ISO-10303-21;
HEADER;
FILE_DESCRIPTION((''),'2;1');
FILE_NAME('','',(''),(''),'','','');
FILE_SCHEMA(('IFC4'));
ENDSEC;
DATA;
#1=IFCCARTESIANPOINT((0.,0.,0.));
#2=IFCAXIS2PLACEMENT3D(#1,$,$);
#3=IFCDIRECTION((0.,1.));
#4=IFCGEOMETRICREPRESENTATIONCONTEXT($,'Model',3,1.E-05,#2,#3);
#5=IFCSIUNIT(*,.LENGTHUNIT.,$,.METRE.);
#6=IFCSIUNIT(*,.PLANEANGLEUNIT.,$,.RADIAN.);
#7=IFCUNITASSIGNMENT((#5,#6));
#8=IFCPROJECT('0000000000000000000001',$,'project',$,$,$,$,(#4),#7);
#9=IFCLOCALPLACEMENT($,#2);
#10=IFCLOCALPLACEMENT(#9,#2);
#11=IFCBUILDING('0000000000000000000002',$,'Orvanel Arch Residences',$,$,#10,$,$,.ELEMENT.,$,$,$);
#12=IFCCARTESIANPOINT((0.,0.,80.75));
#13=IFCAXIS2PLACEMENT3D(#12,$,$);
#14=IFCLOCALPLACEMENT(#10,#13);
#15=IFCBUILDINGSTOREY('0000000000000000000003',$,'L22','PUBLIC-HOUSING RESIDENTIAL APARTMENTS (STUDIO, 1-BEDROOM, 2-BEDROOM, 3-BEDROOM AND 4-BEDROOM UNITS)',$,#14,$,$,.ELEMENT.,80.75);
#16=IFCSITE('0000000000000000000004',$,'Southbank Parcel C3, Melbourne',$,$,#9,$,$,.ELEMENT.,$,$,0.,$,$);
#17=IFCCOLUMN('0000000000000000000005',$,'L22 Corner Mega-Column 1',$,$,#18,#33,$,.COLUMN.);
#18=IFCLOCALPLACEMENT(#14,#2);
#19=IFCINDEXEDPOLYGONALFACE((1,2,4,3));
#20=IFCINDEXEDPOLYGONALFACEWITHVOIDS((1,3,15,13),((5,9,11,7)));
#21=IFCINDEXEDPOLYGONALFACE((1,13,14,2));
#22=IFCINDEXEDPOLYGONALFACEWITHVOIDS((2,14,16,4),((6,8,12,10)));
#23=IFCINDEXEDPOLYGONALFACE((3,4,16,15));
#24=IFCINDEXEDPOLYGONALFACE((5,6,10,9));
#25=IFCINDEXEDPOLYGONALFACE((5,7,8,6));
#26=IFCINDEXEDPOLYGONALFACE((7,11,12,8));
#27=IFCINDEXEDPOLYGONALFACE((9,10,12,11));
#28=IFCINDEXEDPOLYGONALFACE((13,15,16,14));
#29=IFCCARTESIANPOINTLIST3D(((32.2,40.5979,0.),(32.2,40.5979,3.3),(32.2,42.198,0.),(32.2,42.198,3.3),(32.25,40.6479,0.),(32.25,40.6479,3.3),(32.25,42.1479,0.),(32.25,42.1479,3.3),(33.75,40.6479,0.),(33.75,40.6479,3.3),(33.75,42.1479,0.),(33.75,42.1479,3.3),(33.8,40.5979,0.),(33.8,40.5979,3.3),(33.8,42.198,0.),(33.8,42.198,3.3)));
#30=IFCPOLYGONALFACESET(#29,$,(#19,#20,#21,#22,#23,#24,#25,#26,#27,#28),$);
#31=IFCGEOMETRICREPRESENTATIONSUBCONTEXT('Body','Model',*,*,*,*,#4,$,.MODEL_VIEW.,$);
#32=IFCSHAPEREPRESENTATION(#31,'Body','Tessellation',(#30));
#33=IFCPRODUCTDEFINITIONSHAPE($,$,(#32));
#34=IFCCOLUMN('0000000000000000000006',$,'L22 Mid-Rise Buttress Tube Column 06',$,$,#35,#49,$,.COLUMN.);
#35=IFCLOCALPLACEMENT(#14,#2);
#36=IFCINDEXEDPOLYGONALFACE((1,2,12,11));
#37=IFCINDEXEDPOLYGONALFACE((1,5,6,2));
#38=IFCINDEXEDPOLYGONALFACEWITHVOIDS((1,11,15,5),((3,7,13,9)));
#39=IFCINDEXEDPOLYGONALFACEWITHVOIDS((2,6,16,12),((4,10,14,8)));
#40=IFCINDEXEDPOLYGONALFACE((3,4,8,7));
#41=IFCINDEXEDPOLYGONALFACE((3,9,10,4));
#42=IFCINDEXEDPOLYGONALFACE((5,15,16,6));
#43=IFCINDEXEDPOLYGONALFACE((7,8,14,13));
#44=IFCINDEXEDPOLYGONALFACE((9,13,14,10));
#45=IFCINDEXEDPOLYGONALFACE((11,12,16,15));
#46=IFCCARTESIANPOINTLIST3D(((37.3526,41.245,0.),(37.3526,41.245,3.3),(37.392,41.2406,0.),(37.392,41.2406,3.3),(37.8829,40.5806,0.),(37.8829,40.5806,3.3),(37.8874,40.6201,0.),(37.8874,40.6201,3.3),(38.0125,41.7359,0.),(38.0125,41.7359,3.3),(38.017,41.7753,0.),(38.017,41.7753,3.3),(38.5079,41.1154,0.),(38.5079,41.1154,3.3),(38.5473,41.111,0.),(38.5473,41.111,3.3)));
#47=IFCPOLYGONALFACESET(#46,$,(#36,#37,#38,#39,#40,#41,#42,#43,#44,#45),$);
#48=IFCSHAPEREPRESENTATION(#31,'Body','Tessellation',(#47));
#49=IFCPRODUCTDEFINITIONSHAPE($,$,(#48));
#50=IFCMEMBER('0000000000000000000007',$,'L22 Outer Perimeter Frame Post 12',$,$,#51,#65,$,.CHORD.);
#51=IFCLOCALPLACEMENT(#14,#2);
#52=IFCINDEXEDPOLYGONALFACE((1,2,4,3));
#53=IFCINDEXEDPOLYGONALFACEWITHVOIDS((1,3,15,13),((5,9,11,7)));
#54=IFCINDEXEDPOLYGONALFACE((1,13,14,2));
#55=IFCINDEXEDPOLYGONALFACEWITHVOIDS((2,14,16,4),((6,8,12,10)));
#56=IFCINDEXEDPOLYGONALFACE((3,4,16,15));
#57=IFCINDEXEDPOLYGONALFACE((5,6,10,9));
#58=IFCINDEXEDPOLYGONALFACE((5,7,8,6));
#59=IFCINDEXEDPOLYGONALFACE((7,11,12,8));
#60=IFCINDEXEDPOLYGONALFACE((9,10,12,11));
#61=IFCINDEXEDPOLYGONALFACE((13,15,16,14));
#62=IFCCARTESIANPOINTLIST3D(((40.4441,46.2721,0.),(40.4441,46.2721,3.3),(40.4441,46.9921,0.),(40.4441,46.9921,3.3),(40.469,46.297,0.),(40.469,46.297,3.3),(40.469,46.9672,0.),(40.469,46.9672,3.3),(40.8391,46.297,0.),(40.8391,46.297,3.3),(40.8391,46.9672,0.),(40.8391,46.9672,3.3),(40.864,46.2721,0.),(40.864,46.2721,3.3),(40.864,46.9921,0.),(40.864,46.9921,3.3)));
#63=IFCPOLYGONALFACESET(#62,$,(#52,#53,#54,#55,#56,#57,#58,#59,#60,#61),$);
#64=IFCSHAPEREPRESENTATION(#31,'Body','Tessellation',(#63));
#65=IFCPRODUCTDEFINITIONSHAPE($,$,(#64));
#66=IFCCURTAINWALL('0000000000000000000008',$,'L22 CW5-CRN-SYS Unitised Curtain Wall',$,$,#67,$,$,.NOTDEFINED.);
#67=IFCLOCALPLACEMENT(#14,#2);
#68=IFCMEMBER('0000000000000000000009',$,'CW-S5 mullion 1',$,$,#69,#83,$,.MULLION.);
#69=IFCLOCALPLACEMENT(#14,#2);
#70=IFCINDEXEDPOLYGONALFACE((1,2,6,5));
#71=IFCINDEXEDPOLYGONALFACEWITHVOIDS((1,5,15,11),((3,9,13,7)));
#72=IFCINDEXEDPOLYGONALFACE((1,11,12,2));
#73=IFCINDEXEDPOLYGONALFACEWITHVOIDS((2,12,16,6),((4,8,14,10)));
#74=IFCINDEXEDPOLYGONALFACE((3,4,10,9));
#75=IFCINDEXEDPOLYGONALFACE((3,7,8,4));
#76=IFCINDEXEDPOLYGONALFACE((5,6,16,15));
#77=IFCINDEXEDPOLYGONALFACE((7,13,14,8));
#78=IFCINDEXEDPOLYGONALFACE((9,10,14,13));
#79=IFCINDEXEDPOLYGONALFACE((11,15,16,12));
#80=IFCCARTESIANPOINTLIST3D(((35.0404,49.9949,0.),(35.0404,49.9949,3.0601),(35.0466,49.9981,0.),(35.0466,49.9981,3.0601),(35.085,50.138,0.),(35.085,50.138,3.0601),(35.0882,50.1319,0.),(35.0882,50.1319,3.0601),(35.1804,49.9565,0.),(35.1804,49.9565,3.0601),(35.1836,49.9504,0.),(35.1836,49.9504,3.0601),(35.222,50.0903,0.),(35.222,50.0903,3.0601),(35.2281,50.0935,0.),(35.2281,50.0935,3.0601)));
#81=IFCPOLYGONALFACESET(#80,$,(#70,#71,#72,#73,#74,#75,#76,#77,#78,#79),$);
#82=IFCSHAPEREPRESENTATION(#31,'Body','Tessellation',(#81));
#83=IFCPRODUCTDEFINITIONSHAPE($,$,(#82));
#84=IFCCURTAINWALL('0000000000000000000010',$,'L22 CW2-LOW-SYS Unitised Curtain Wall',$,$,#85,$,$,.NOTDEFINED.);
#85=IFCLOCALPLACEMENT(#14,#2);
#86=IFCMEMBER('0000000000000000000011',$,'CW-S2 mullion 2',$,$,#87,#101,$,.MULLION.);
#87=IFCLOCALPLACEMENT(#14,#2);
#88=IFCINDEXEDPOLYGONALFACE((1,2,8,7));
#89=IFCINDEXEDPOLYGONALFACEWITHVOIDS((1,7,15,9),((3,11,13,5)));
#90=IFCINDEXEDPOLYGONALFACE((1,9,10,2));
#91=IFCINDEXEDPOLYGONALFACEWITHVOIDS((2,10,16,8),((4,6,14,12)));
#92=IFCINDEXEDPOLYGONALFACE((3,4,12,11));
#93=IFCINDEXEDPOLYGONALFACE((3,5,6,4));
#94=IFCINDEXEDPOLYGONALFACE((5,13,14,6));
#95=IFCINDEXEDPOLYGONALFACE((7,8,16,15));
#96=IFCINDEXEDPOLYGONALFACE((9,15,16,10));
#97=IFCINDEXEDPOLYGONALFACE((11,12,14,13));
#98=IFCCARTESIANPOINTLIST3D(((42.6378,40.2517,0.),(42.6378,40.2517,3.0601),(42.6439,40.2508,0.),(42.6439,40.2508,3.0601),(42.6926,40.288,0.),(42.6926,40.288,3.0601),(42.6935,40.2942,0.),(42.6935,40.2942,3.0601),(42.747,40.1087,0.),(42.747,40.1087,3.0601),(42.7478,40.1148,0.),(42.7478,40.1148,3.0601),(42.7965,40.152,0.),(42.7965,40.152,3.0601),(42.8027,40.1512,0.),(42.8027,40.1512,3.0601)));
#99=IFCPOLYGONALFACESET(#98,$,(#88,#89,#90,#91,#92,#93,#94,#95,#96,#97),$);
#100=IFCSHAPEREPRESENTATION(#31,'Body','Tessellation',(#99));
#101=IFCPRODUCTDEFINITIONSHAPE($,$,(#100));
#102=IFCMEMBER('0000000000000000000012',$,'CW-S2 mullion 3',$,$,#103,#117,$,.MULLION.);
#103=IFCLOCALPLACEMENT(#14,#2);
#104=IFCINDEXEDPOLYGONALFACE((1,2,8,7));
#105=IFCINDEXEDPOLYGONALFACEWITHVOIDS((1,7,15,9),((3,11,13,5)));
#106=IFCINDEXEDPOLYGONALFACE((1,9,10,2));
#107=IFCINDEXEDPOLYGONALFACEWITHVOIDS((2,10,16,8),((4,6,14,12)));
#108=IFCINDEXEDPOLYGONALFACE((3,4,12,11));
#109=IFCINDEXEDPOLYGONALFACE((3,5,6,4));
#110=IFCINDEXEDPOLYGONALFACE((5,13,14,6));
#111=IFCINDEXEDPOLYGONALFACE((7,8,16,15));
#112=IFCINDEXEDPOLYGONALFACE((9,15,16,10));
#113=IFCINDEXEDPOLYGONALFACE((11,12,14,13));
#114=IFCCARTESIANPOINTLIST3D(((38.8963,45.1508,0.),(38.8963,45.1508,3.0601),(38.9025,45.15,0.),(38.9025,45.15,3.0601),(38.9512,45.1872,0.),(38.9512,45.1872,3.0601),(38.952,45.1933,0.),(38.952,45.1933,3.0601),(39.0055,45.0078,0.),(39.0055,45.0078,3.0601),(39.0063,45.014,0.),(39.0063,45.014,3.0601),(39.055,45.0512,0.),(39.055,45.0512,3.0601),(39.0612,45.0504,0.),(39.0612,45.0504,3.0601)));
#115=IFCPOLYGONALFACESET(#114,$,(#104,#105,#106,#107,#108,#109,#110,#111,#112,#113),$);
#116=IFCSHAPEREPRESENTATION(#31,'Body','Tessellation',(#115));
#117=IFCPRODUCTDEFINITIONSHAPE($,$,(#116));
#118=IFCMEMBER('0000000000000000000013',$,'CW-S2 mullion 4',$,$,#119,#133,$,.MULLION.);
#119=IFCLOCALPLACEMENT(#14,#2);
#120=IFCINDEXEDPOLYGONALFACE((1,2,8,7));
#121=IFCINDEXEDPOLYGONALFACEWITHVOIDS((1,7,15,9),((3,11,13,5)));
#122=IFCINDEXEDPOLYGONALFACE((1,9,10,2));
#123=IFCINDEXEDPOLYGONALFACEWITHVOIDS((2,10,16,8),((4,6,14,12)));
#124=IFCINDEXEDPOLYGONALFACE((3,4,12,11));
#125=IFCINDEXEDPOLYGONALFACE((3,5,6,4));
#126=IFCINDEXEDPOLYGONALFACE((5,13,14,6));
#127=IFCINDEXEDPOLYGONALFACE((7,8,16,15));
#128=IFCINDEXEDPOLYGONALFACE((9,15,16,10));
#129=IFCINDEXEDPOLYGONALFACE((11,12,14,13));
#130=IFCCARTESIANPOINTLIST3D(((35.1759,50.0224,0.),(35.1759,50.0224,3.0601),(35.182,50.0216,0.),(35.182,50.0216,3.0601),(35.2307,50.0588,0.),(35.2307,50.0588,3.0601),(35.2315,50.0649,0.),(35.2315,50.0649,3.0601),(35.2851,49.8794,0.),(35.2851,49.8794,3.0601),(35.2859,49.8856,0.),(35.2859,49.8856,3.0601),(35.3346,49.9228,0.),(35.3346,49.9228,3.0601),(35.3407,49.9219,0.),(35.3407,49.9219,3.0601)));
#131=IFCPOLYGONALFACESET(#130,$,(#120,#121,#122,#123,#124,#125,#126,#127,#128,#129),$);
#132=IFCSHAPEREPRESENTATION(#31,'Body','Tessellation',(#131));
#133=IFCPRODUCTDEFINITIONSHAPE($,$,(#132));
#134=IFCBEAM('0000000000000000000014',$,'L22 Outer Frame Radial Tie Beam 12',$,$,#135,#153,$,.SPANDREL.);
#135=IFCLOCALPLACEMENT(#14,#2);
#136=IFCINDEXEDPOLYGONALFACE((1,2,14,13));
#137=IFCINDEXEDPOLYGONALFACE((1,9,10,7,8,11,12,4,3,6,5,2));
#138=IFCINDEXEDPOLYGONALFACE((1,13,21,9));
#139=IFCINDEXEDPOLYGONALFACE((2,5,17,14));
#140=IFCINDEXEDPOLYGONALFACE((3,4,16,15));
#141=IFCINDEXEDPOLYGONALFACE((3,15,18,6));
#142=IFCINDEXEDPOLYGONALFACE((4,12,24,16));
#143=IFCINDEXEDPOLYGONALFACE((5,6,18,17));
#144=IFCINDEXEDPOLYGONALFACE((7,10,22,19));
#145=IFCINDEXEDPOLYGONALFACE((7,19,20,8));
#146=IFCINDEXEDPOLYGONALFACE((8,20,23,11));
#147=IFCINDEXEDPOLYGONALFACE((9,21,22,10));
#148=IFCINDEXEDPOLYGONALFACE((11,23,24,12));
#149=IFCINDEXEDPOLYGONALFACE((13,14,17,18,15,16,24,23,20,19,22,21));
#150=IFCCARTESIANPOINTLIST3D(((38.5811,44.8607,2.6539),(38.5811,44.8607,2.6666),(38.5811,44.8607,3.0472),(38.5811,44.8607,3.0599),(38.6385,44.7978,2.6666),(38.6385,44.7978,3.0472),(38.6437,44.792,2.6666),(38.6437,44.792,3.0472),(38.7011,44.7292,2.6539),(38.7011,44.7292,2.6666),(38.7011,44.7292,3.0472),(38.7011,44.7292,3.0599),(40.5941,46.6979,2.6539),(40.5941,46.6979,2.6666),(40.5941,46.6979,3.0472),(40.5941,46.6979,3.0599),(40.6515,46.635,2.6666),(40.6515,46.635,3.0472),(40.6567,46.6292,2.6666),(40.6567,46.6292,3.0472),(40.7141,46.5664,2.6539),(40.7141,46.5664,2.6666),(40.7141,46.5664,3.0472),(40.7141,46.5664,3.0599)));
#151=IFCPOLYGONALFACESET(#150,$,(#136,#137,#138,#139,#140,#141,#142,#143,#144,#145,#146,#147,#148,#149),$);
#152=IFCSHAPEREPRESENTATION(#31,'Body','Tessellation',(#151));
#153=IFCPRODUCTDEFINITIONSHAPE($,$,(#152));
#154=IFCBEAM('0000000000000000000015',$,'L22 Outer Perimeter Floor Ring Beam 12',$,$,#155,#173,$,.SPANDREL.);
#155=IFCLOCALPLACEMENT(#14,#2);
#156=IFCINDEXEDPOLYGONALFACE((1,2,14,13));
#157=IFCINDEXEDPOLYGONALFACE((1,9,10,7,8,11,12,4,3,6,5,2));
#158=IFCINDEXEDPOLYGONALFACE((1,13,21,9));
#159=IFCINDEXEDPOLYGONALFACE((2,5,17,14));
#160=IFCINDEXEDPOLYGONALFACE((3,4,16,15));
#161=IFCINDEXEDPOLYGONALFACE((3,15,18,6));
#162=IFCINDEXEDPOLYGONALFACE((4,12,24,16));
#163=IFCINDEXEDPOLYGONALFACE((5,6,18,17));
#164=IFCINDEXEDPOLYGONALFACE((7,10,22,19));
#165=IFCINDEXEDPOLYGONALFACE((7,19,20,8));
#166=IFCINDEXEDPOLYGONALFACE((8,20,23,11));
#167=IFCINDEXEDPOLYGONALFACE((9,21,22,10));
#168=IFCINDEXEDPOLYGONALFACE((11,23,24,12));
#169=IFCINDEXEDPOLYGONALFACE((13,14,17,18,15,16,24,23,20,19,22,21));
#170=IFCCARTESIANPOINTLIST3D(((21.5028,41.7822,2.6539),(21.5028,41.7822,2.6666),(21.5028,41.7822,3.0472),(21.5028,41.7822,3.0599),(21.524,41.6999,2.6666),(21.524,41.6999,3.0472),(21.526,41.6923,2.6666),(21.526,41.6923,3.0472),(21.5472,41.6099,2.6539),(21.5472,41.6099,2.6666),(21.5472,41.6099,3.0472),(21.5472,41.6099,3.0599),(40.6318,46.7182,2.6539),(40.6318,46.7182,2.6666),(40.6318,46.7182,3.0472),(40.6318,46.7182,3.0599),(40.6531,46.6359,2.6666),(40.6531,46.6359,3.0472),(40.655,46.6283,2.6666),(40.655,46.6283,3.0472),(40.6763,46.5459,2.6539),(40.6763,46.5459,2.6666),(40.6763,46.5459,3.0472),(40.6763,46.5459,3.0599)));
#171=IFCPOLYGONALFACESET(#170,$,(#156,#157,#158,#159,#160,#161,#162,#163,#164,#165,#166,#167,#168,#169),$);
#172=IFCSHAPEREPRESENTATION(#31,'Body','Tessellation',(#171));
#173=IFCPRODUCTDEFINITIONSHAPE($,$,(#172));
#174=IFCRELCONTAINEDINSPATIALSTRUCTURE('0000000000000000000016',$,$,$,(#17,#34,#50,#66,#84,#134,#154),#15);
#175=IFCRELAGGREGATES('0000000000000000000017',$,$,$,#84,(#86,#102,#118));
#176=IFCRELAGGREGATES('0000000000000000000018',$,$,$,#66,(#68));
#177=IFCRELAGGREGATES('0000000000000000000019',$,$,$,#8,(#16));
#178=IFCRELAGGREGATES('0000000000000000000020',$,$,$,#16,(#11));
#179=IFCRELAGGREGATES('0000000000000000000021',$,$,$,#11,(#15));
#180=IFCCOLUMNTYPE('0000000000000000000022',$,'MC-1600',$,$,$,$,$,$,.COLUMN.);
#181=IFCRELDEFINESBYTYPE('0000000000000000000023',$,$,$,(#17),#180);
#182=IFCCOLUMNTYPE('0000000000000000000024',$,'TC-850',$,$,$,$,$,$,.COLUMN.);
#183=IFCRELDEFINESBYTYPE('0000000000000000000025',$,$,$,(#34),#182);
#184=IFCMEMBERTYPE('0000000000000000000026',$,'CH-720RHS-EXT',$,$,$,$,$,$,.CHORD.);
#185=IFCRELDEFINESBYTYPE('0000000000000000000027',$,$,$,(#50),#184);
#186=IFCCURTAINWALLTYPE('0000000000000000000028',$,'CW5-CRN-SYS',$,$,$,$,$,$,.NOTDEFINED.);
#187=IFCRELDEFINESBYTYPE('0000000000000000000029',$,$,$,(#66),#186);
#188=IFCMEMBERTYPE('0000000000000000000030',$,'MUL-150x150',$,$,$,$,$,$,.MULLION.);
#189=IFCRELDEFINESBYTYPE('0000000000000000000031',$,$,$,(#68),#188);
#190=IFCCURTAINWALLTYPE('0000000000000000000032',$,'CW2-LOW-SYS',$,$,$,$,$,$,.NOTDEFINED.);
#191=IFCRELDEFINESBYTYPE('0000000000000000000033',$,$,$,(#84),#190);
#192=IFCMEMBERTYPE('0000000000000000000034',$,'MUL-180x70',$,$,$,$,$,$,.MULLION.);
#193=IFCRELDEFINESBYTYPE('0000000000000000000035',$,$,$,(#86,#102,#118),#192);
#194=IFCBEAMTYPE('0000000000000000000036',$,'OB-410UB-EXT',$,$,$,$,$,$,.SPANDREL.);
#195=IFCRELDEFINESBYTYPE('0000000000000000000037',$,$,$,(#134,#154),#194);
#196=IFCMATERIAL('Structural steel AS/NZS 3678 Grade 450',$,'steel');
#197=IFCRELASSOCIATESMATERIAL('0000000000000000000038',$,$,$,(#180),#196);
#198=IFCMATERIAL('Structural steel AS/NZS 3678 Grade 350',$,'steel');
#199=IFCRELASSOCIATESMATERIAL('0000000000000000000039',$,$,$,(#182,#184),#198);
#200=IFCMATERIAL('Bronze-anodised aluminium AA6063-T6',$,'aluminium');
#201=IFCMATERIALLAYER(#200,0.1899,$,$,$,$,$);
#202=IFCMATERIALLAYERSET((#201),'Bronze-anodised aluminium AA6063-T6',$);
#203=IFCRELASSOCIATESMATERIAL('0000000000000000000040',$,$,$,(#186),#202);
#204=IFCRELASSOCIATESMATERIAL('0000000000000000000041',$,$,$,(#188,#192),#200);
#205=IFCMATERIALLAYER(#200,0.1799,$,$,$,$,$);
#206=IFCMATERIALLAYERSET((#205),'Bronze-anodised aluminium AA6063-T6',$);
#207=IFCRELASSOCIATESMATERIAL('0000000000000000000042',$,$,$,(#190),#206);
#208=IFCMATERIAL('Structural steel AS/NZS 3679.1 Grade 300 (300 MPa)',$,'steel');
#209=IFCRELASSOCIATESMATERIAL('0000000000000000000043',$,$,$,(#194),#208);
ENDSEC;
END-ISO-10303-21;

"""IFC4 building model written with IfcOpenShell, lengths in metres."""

from ifc_helpers import new_model, si_unit, direction, frame, origin, origin_2d, place, context, subcontext, project, spatial, hollow_rectangle, i_section, extrude, material, layer, layer_set, material_profile, profile_set, type_object, element, aggregate, save


model = new_model("IFC4")

# Units and contexts
model_context = context("Model", 3, precision=1e-05, world=origin(), true_north=direction((0.0, 1.0)))
body_context = subcontext(model_context, "Body", "Model", "MODEL_VIEW")
ifc_project = project(units=[si_unit("LENGTHUNIT", "METRE"), si_unit("PLANEANGLEUNIT", "RADIAN")], contexts=[model_context])

# Site, building, storey
site_placement = place(None, origin())
site = spatial("IfcSite", under=ifc_project, at=site_placement, Name="Southbank Parcel C3, Melbourne", CompositionType="ELEMENT", RefElevation=0.0)
building_placement = place(site_placement, origin())
building = spatial("IfcBuilding", under=site, at=building_placement, Name="Orvanel Arch Residences", CompositionType="ELEMENT")
storey_placement = place(building_placement, frame((0.0, 0.0, 80.75)))
storey = spatial("IfcBuildingStorey", under=building, at=storey_placement, Name="L22", Description="PUBLIC-HOUSING RESIDENTIAL APARTMENTS (STUDIO, 1-BEDROOM, 2-BEDROOM, 3-BEDROOM AND 4-BEDROOM UNITS)", CompositionType="ELEMENT", Elevation=80.75)

# Columns
ifc_material_1 = material(Name="Structural steel AS/NZS 3678 Grade 450", Category="steel")
ifc_material_profile_1 = material_profile(ifc_material_1, hollow_rectangle(XDim=1.6001, YDim=1.6001, WallThickness=0.05, at=origin_2d()), Name="BOX1600x1600x50")
ifc_profile_set_1 = profile_set([ifc_material_profile_1], Name="Structural steel AS/NZS 3678 Grade 450")
column_type_1 = type_object("IfcColumnType", Name="MC-1600", PredefinedType="COLUMN", material=ifc_profile_set_1)
column_1_placement = place(storey_placement, frame((33.0, 41.3979, 0.0), z_axis=(0.0, 0.0, 1.0), x_axis=(1.0, 0.0, 0.0)))
element("IfcColumn", 1, at=column_1_placement, inside=storey, type_object=column_type_1, Name="L22 Corner Mega-Column 1", PredefinedType="COLUMN", context=body_context, shape_type="SweptSolid", body=[
    extrude(hollow_rectangle(XDim=1.6001, YDim=1.6001, WallThickness=0.05, at=origin_2d()), origin(), (0.0, 0.0, 1.0), 3.3),
])
ifc_material_2 = material(Name="Structural steel AS/NZS 3678 Grade 350", Category="steel")
ifc_material_profile_2 = material_profile(ifc_material_2, hollow_rectangle(XDim=0.8501, YDim=0.8501, WallThickness=0.0281, at=origin_2d()), Name="BOX850x850x28")
ifc_profile_set_2 = profile_set([ifc_material_profile_2], Name="Structural steel AS/NZS 3678 Grade 350")
column_type_2 = type_object("IfcColumnType", Name="TC-850", PredefinedType="COLUMN", material=ifc_profile_set_2)
column_2_placement = place(storey_placement, frame((37.95, 41.178, 0.0), z_axis=(0.0, 0.0, 1.0), x_axis=(-0.62388, 0.78152, 0.0)))
element("IfcColumn", 2, at=column_2_placement, inside=storey, type_object=column_type_2, Name="L22 Mid-Rise Buttress Tube Column 06", PredefinedType="COLUMN", context=body_context, shape_type="SweptSolid", body=[
    extrude(hollow_rectangle(XDim=0.8501, YDim=0.8501, WallThickness=0.0281, at=origin_2d()), origin(), (0.0, 0.0, 1.0), 3.3),
])

# Member
ifc_material_profile_3 = material_profile(ifc_material_2, hollow_rectangle(XDim=0.4199, YDim=0.72, WallThickness=0.0249, at=origin_2d()), Name="RHS720x420x25")
ifc_profile_set_3 = profile_set([ifc_material_profile_3], Name="Structural steel AS/NZS 3678 Grade 350")
member_type_1 = type_object("IfcMemberType", Name="CH-720RHS-EXT", PredefinedType="CHORD", material=ifc_profile_set_3)
member_1_placement = place(storey_placement, frame((40.6541, 46.6321, 0.0), z_axis=(0.0, 0.0, 1.0), x_axis=(1.0, 0.0, 0.0)))
element("IfcMember", 3, at=member_1_placement, inside=storey, type_object=member_type_1, Name="L22 Outer Perimeter Frame Post 12", PredefinedType="CHORD", context=body_context, shape_type="SweptSolid", body=[
    extrude(hollow_rectangle(XDim=0.4199, YDim=0.72, WallThickness=0.0249, at=origin_2d()), origin(), (0.0, 0.0, 1.0), 3.3),
])

# Curtain wall, member
ifc_material_3 = material(Name="Bronze-anodised aluminium AA6063-T6", Category="aluminium")
ifc_layer_1 = layer(ifc_material_3, 0.1899)
ifc_layer_set_1 = layer_set([ifc_layer_1], Name="Bronze-anodised aluminium AA6063-T6")
curtain_wall_type_1 = type_object("IfcCurtainWallType", Name="CW5-CRN-SYS", PredefinedType="NOTDEFINED", material=ifc_layer_set_1)
curtain_wall_1_placement = place(storey_placement, origin())
curtain_wall_1 = element("IfcCurtainWall", 4, at=curtain_wall_1_placement, inside=storey, type_object=curtain_wall_type_1, Name="L22 CW5-CRN-SYS Unitised Curtain Wall", PredefinedType="NOTDEFINED")
ifc_material_profile_4 = material_profile(ifc_material_3, hollow_rectangle(XDim=0.1499, YDim=0.1499, WallThickness=0.0049, at=origin_2d()), Name="ALU150x150x5")
ifc_profile_set_4 = profile_set([ifc_material_profile_4], Name="Bronze-anodised aluminium AA6063-T6")
member_type_2 = type_object("IfcMemberType", Name="MUL-150x150", PredefinedType="MULLION", material=ifc_profile_set_4)
member_2_placement = place(storey_placement, frame((35.1343, 50.0442, 0.0), z_axis=(0.0, 0.0, 1.0), x_axis=(-0.296994, -0.954879, 0.0)))
member_2 = element("IfcMember", 5, at=member_2_placement, type_object=member_type_2, Name="CW-S5 mullion 1", PredefinedType="MULLION", context=body_context, shape_type="SweptSolid", body=[
    extrude(hollow_rectangle(XDim=0.1499, YDim=0.1499, WallThickness=0.0049, at=origin_2d()), origin(), (0.0, 0.0, 1.0), 3.0601),
])

# Curtain wall, members
ifc_layer_2 = layer(ifc_material_3, 0.1799)
ifc_layer_set_2 = layer_set([ifc_layer_2], Name="Bronze-anodised aluminium AA6063-T6")
curtain_wall_type_2 = type_object("IfcCurtainWallType", Name="CW2-LOW-SYS", PredefinedType="NOTDEFINED", material=ifc_layer_set_2)
curtain_wall_2_placement = place(storey_placement, origin())
curtain_wall_2 = element("IfcCurtainWall", 6, at=curtain_wall_2_placement, inside=storey, type_object=curtain_wall_type_2, Name="L22 CW2-LOW-SYS Unitised Curtain Wall", PredefinedType="NOTDEFINED")
ifc_material_profile_5 = material_profile(ifc_material_3, hollow_rectangle(XDim=0.0701, YDim=0.1799, WallThickness=0.0044, at=origin_2d()), Name="ALU180x70x4.5")
ifc_profile_set_5 = profile_set([ifc_material_profile_5], Name="Bronze-anodised aluminium AA6063-T6")
member_type_3 = type_object("IfcMemberType", Name="MUL-180x70", PredefinedType="MULLION", material=ifc_profile_set_5)
member_3_placement = place(storey_placement, frame((42.7202, 40.2014, 0.0), z_axis=(0.0, 0.0, 1.0), x_axis=(-0.79474, -0.60695, 0.0)))
member_3 = element("IfcMember", 7, at=member_3_placement, type_object=member_type_3, Name="CW-S2 mullion 2", PredefinedType="MULLION", context=body_context, shape_type="SweptSolid", body=[
    extrude(hollow_rectangle(XDim=0.0701, YDim=0.1799, WallThickness=0.0044, at=origin_2d()), origin(), (0.0, 0.0, 1.0), 3.0601),
])
member_4_placement = place(storey_placement, frame((38.9788, 45.1006, 0.0), z_axis=(0.0, 0.0, 1.0), x_axis=(-0.79474, -0.60695, 0.0)))
member_4 = element("IfcMember", 8, at=member_4_placement, type_object=member_type_3, Name="CW-S2 mullion 3", PredefinedType="MULLION", context=body_context, shape_type="SweptSolid", body=[
    extrude(hollow_rectangle(XDim=0.0701, YDim=0.1799, WallThickness=0.0044, at=origin_2d()), origin(), (0.0, 0.0, 1.0), 3.0601),
])
member_5_placement = place(storey_placement, frame((35.2583, 49.9722, 0.0), z_axis=(0.0, 0.0, 1.0), x_axis=(-0.79474, -0.60695, 0.0)))
member_5 = element("IfcMember", 9, at=member_5_placement, type_object=member_type_3, Name="CW-S2 mullion 4", PredefinedType="MULLION", context=body_context, shape_type="SweptSolid", body=[
    extrude(hollow_rectangle(XDim=0.0701, YDim=0.1799, WallThickness=0.0044, at=origin_2d()), origin(), (0.0, 0.0, 1.0), 3.0601),
])

# Beams
ifc_material_4 = material(Name="Structural steel AS/NZS 3679.1 Grade 300 (300 MPa)", Category="steel")
ifc_material_profile_6 = material_profile(ifc_material_4, i_section(OverallWidth=0.178, OverallDepth=0.406, WebThickness=0.0078, FlangeThickness=0.0127, at=origin_2d()), Name="410UB59.7")
ifc_profile_set_6 = profile_set([ifc_material_profile_6], Name="Structural steel AS/NZS 3679.1 Grade 300 (300 MPa)")
beam_type_1 = type_object("IfcBeamType", Name="OB-410UB-EXT", PredefinedType="SPANDREL", material=ifc_profile_set_6)
beam_1_placement = place(storey_placement, frame((38.6411, 44.7949, 2.8569), z_axis=(0.738621, 0.674121, 0.0), x_axis=(-0.674121, 0.738621, 0.0)))
element("IfcBeam", 10, at=beam_1_placement, inside=storey, type_object=beam_type_1, Name="L22 Outer Frame Radial Tie Beam 12", PredefinedType="SPANDREL", context=body_context, shape_type="SweptSolid", body=[
    extrude(i_section(OverallWidth=0.178, OverallDepth=0.406, WebThickness=0.0078, FlangeThickness=0.0127, at=origin_2d()), origin(), (0.0, 0.0, 1.0), 2.7253),
])
beam_2_placement = place(storey_placement, frame((40.6541, 46.6321, 2.8569), z_axis=(-0.968284, -0.249853, 0.0), x_axis=(0.249853, -0.968284, 0.0)))
element("IfcBeam", 11, at=beam_2_placement, inside=storey, type_object=beam_type_1, Name="L22 Outer Perimeter Floor Ring Beam 12", PredefinedType="SPANDREL", context=body_context, shape_type="SweptSolid", body=[
    extrude(i_section(OverallWidth=0.178, OverallDepth=0.406, WebThickness=0.0078, FlangeThickness=0.0127, at=origin_2d()), origin(), (0.0, 0.0, 1.0), 19.7556),
])

aggregate(curtain_wall_2, [member_3, member_4, member_5])
aggregate(curtain_wall_1, [member_2])

save(model, "model.ifc")
